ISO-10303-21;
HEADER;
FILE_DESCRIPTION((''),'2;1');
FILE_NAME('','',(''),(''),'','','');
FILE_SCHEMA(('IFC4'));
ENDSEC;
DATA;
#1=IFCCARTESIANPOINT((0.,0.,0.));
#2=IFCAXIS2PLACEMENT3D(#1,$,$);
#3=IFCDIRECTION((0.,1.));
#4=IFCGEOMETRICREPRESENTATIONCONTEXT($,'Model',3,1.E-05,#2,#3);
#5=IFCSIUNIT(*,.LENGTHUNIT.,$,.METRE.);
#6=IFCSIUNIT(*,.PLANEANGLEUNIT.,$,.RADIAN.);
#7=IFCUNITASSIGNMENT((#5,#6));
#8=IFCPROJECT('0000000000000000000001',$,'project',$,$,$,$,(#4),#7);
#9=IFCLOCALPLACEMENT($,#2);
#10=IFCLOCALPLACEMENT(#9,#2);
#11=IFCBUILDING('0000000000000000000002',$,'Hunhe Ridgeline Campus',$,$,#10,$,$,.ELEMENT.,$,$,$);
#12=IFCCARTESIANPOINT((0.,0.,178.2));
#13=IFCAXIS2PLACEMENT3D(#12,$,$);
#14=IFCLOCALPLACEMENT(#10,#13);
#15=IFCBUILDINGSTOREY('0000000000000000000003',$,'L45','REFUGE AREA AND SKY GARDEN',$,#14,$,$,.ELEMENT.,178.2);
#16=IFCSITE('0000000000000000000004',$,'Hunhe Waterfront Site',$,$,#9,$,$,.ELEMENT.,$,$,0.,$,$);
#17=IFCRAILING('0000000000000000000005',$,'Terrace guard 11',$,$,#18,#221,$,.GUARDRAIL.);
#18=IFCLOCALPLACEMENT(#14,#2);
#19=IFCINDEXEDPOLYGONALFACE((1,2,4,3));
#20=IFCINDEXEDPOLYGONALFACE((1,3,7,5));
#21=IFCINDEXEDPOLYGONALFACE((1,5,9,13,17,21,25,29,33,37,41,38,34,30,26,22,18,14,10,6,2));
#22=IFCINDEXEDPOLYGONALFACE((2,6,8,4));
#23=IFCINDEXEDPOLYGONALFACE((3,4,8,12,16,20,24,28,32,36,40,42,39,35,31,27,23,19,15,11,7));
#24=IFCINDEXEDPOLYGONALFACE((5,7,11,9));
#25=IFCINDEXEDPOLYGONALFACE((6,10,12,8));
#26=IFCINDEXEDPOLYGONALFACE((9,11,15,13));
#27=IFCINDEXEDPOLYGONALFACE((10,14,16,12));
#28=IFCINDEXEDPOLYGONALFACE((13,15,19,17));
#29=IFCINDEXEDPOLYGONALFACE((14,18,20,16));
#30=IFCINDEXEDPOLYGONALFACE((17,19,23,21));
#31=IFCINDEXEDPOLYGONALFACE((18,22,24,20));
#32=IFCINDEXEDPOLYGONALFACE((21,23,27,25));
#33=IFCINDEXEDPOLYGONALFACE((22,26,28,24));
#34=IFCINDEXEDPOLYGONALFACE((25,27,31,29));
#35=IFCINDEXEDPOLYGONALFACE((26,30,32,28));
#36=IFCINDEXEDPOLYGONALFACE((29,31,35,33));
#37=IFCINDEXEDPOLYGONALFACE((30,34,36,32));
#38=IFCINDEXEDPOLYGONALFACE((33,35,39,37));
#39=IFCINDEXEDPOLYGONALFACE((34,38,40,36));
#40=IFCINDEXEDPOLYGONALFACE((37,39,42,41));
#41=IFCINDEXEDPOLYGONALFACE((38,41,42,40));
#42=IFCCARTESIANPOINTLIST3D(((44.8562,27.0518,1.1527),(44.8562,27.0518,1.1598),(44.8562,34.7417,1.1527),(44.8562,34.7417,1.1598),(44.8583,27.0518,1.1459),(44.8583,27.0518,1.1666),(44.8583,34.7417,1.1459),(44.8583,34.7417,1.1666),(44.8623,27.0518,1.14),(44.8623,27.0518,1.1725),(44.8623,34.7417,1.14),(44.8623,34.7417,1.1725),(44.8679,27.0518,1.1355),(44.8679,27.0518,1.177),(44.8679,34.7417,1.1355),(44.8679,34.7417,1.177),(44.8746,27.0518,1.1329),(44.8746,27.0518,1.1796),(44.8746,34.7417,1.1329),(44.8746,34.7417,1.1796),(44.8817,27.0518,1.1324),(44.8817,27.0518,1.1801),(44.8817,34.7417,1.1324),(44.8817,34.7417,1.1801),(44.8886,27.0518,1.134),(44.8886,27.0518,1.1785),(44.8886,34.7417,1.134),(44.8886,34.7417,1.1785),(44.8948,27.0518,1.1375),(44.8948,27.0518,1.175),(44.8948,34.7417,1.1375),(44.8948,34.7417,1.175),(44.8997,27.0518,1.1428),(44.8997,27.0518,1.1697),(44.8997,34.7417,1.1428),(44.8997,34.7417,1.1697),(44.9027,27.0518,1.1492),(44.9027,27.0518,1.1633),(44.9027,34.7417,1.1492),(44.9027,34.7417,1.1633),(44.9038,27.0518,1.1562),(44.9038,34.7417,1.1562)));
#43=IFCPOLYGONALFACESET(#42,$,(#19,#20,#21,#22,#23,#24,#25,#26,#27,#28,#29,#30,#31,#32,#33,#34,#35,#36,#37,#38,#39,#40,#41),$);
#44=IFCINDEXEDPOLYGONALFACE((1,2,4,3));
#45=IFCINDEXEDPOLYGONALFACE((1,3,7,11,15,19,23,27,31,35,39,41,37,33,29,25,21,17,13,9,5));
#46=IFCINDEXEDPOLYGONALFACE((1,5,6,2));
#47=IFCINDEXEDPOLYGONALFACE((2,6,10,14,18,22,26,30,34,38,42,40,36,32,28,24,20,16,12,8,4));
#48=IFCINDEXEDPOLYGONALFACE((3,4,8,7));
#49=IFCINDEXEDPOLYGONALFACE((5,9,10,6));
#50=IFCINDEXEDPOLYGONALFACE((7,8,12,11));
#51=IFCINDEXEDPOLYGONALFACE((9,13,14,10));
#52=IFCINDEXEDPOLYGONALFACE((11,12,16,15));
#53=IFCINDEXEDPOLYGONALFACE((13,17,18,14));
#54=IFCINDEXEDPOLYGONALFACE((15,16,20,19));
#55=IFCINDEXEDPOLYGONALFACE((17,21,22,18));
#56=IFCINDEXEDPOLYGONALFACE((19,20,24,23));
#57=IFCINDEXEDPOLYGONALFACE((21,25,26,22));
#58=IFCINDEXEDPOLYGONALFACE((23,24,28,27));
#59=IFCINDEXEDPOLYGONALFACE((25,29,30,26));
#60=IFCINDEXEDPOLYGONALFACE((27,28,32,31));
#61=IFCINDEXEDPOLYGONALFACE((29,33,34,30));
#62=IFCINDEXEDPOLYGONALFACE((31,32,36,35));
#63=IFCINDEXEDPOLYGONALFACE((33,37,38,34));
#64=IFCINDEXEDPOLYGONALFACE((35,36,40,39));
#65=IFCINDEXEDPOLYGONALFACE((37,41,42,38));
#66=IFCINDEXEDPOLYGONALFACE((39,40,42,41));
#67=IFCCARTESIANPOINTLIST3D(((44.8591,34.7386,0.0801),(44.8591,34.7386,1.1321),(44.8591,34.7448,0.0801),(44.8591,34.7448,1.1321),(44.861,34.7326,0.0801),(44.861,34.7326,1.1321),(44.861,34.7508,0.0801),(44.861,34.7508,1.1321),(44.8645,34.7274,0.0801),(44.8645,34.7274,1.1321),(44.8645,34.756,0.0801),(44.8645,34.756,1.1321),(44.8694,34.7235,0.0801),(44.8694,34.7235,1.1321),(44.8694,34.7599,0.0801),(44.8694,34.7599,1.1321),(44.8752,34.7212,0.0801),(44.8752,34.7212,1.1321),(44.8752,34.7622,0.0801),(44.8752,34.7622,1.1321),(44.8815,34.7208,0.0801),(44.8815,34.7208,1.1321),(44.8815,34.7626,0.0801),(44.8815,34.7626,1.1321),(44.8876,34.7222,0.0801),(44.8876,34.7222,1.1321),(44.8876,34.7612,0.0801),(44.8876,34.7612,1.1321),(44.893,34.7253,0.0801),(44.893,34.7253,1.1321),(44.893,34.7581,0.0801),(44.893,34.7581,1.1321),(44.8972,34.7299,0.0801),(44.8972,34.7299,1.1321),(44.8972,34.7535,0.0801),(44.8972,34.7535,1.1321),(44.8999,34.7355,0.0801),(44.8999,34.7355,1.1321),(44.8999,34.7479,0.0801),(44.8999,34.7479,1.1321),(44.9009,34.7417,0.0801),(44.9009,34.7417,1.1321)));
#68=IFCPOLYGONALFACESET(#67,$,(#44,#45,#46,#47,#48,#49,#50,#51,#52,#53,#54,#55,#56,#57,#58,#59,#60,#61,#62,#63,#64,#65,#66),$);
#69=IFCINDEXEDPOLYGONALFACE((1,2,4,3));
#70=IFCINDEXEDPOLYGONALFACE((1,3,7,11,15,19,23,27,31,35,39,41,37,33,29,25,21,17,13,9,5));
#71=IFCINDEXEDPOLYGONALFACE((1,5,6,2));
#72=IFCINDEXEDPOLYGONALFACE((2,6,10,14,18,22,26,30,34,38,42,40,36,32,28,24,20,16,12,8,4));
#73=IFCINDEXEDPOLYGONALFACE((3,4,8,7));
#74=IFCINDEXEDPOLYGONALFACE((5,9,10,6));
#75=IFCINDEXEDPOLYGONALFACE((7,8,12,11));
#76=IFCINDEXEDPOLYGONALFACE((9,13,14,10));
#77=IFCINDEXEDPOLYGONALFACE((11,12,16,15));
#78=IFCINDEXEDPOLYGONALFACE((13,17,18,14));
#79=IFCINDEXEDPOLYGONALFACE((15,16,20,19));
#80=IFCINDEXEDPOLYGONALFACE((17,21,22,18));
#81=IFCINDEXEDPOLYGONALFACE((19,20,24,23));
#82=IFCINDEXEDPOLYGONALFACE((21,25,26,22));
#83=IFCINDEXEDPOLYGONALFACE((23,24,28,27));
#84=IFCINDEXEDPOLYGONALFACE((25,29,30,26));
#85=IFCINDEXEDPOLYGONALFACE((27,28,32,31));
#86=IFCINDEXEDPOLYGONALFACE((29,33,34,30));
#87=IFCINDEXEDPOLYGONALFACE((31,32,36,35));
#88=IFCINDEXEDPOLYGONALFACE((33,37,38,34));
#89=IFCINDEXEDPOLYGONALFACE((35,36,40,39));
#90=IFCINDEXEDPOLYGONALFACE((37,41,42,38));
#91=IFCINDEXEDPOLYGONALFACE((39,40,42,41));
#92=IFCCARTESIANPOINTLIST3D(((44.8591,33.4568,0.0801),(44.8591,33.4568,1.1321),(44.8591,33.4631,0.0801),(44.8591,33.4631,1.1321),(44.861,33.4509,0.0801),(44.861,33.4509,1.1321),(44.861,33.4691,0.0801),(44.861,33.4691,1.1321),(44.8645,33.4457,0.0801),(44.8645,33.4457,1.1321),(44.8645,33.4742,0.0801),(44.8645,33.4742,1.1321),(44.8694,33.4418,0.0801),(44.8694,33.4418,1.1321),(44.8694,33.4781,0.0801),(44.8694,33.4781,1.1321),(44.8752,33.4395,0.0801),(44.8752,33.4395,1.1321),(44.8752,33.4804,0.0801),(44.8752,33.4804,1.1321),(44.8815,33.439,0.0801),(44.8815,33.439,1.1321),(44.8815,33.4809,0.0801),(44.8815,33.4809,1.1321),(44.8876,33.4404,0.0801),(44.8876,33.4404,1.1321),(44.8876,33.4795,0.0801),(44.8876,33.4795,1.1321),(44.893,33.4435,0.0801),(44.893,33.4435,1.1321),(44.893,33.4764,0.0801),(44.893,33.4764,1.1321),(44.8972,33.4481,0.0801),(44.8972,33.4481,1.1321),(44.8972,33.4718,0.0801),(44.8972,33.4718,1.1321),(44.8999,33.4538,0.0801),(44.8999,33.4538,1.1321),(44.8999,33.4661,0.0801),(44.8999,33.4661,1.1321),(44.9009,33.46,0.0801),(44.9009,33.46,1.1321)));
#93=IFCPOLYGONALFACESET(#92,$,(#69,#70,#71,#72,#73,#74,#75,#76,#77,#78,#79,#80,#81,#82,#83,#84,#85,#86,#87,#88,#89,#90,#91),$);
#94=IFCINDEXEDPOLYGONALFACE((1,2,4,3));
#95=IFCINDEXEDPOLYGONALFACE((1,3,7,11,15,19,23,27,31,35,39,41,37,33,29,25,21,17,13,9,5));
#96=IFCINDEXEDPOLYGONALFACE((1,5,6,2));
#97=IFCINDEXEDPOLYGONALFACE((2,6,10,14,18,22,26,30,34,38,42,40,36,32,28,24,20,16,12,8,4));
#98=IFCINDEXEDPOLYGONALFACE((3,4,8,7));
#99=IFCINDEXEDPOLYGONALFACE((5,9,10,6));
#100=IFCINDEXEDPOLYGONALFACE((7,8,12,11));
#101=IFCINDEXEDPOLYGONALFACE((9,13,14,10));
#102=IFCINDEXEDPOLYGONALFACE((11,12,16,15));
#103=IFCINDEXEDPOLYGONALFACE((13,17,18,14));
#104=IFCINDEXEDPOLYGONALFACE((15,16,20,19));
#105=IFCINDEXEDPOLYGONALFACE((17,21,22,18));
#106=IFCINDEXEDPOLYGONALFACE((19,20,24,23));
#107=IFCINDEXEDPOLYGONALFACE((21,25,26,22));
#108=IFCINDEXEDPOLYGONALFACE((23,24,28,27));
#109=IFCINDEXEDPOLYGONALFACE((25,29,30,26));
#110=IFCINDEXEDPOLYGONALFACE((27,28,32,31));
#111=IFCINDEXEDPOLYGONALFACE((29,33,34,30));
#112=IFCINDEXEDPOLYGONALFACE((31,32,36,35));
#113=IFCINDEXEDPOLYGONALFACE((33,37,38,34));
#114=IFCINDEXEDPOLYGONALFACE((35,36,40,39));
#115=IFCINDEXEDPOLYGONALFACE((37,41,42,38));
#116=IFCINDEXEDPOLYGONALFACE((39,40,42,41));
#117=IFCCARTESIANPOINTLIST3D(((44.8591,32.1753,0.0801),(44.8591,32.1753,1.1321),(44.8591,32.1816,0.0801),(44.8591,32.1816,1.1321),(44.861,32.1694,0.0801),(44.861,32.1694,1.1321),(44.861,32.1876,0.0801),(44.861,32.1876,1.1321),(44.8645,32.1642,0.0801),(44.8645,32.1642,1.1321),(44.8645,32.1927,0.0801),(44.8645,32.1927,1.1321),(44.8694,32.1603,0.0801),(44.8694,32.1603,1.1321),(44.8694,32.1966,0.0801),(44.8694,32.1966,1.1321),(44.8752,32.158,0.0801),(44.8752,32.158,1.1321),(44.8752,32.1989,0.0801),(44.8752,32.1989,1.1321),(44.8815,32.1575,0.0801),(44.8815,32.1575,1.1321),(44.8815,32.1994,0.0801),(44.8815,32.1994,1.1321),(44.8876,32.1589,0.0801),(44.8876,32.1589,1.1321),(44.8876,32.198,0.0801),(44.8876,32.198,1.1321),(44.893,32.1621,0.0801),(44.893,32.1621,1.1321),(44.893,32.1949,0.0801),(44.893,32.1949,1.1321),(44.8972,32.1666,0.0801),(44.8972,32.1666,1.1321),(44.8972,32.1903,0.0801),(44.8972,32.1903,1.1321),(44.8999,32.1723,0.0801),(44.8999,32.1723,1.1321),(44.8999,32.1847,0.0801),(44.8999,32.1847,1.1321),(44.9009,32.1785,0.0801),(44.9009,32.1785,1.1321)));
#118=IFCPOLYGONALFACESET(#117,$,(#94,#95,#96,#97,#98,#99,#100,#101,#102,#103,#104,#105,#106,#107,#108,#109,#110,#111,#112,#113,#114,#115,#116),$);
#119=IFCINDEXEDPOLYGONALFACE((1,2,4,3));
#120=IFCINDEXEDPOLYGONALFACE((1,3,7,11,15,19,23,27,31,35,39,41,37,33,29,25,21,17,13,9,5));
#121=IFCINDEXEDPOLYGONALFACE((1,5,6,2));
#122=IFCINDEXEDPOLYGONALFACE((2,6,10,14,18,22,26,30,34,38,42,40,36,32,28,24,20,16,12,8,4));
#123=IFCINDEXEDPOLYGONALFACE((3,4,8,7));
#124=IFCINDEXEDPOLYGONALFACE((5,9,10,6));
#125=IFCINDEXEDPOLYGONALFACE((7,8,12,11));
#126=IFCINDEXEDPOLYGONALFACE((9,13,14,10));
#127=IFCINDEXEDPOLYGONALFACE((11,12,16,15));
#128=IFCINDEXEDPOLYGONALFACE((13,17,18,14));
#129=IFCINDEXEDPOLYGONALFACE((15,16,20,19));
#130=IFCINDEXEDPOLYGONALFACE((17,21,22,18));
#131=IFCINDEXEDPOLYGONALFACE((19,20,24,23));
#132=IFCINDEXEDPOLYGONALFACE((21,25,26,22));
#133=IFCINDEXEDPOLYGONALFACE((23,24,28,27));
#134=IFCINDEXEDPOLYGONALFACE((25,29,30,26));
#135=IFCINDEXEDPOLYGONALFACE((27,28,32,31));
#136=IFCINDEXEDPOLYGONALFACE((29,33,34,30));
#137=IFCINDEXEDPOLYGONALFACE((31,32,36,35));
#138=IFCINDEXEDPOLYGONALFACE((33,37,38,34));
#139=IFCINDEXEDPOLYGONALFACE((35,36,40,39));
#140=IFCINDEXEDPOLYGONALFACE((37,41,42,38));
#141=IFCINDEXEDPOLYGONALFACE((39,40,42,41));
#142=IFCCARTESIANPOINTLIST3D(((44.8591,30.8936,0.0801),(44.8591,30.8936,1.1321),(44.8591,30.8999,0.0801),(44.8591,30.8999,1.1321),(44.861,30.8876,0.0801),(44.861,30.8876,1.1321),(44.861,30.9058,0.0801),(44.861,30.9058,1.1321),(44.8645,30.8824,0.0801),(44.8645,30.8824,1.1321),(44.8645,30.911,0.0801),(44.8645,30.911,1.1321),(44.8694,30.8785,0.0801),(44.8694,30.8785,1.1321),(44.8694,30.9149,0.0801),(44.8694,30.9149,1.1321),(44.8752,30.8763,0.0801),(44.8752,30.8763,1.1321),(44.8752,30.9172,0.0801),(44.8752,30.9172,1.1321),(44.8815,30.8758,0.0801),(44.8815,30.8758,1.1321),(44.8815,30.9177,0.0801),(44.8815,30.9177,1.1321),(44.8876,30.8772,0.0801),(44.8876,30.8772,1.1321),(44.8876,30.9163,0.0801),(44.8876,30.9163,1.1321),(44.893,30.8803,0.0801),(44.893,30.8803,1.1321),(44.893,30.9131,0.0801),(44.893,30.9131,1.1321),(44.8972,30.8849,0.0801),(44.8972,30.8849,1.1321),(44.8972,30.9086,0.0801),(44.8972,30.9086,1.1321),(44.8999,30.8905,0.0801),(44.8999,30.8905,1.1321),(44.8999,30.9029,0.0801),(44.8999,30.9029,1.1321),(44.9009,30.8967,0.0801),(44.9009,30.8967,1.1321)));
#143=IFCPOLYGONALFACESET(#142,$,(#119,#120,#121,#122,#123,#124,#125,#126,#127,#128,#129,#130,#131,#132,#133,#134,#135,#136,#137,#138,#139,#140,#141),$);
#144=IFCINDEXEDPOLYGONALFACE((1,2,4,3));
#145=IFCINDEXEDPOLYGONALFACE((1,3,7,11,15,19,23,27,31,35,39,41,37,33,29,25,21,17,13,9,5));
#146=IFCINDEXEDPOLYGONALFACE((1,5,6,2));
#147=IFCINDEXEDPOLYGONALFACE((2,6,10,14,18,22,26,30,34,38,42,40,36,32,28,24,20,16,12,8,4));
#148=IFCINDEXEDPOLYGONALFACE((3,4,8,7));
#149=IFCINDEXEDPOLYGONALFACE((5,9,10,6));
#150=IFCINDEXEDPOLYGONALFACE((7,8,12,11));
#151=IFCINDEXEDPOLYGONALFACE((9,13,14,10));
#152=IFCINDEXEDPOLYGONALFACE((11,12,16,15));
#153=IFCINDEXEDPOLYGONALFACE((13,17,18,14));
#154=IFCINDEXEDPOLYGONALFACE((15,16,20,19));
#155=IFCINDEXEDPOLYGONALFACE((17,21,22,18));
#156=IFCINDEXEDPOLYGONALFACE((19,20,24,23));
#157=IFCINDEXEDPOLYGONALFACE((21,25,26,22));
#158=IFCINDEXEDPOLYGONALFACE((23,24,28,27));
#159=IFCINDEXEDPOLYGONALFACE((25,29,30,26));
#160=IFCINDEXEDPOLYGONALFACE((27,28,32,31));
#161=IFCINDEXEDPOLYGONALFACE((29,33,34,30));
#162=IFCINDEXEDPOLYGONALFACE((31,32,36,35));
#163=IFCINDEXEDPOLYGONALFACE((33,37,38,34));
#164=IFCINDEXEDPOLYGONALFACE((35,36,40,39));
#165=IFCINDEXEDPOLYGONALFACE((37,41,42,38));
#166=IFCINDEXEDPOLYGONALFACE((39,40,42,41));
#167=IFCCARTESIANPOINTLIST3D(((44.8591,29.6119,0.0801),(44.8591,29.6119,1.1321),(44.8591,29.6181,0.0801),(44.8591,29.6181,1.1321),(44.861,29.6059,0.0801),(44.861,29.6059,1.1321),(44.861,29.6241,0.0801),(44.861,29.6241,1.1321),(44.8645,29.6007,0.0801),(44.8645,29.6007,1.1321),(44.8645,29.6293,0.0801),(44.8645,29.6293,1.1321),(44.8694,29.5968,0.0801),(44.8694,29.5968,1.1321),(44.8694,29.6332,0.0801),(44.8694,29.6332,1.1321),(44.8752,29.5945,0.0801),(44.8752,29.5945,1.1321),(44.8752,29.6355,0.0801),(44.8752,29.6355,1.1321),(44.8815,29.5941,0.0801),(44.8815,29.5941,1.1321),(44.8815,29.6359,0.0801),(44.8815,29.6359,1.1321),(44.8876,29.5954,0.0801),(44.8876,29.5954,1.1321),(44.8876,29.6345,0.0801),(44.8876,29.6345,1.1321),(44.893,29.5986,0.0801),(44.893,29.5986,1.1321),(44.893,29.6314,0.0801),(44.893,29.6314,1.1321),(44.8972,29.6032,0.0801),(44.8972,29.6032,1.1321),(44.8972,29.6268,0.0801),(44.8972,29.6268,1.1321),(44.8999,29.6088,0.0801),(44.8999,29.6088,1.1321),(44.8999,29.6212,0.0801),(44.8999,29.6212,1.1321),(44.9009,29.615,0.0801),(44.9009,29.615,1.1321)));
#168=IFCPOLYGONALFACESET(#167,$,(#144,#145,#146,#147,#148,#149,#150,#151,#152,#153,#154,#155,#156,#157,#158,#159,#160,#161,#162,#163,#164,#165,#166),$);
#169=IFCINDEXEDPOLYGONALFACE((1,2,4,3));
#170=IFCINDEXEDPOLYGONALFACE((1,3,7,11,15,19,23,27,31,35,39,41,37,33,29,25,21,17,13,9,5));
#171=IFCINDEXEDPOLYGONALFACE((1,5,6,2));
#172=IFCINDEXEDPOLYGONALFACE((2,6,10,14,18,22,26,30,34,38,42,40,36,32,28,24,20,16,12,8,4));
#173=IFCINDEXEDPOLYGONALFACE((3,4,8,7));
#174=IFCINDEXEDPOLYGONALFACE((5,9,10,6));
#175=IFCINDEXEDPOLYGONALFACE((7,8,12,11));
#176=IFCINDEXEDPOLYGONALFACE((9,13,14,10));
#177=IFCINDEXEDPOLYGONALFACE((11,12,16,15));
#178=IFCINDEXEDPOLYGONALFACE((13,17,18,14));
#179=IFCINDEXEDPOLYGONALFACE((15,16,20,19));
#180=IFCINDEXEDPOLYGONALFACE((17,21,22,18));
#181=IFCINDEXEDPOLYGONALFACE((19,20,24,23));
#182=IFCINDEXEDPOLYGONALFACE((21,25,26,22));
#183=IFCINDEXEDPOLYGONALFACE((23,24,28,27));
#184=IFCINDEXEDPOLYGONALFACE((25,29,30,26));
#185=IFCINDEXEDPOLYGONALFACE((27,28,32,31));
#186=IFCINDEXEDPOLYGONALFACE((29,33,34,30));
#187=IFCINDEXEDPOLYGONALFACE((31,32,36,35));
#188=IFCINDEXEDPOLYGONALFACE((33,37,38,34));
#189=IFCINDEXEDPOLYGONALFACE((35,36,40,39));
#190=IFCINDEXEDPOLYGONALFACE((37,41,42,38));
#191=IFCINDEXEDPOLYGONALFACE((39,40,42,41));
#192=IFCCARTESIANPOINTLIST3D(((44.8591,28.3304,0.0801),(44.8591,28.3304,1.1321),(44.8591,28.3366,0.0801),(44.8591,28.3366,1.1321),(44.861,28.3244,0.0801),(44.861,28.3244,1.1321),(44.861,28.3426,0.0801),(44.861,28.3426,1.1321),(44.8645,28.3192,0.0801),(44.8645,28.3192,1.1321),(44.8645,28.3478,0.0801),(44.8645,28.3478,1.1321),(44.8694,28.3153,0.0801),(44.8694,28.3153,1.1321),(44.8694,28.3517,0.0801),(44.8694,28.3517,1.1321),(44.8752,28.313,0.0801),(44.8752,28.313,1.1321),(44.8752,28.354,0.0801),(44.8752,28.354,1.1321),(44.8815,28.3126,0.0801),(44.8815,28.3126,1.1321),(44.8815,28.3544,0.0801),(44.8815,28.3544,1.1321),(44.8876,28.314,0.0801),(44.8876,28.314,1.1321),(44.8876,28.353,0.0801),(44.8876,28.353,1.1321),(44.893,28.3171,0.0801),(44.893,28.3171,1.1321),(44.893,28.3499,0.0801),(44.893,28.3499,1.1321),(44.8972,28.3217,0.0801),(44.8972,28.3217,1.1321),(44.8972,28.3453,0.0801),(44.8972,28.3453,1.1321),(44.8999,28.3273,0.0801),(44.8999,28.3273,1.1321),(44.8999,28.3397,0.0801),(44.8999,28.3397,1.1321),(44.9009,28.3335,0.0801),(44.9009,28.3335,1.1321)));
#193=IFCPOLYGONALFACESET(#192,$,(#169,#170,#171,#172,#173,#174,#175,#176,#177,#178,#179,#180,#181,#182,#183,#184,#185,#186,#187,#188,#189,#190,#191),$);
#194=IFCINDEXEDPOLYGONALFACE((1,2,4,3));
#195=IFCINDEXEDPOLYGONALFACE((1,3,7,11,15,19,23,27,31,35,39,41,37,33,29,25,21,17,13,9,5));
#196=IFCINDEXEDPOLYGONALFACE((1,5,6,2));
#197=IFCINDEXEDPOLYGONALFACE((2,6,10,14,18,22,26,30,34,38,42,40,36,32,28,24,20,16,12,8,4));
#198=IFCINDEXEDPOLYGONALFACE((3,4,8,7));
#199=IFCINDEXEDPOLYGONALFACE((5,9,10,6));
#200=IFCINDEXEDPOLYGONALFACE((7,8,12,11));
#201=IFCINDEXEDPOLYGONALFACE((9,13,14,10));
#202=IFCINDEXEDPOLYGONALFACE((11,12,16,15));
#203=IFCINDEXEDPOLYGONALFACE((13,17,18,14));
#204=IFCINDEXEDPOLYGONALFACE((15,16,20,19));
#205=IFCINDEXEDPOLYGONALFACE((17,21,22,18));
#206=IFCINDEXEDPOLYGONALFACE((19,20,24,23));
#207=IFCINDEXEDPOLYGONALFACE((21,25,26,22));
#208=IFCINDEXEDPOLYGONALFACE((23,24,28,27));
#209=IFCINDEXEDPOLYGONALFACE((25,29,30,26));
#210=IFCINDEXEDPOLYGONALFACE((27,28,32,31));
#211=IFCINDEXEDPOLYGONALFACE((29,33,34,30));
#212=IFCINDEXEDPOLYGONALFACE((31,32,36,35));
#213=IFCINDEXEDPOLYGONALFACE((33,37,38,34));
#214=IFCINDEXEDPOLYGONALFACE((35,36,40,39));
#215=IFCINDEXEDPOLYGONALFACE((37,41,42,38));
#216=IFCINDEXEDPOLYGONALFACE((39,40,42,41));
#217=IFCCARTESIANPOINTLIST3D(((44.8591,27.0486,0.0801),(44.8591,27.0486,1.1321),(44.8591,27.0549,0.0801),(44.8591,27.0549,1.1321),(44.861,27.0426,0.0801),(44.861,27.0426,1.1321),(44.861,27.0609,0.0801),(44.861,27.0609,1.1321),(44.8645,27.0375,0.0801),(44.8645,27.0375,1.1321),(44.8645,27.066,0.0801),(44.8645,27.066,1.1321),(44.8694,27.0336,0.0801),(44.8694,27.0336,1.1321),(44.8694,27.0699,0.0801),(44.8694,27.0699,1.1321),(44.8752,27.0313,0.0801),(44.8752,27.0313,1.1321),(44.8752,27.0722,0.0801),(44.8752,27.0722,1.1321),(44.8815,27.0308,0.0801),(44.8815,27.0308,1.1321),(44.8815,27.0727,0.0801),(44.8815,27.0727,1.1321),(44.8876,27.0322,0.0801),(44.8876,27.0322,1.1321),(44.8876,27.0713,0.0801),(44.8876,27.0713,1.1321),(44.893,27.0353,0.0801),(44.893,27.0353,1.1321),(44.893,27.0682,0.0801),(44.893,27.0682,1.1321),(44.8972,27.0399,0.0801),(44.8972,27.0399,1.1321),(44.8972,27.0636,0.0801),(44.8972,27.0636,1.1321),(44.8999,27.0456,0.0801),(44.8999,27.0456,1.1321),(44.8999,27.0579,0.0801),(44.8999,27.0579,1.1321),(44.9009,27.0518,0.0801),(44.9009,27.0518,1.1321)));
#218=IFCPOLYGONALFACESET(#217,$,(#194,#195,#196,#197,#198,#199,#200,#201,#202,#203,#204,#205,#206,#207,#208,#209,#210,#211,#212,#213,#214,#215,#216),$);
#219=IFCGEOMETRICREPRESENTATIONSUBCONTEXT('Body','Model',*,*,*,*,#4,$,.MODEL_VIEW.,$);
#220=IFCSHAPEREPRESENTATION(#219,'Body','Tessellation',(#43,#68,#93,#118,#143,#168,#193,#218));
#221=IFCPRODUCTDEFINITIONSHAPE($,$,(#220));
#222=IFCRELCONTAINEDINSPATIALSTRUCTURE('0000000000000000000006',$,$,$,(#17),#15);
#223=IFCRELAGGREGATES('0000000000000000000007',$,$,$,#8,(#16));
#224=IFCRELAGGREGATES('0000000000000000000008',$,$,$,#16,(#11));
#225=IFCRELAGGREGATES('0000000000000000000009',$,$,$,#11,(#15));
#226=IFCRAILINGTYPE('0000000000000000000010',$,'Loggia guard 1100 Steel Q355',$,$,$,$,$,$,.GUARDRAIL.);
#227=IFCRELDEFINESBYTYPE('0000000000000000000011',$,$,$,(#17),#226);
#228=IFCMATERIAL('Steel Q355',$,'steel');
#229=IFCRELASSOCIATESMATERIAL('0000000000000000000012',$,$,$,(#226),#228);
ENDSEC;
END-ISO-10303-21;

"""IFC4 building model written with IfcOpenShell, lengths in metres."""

from ifc_helpers import new_model, si_unit, direction, frame, origin, origin_2d, place, context, subcontext, project, spatial, circle, extrude, material, type_object, element, save


model = new_model("IFC4")

# Units and contexts
model_context = context("Model", 3, precision=1e-05, world=origin(), true_north=direction((0.0, 1.0)))
body_context = subcontext(model_context, "Body", "Model", "MODEL_VIEW")
ifc_project = project(units=[si_unit("LENGTHUNIT", "METRE"), si_unit("PLANEANGLEUNIT", "RADIAN")], contexts=[model_context])

# Site, building, storey
site_placement = place(None, origin())
site = spatial("IfcSite", under=ifc_project, at=site_placement, Name="Hunhe Waterfront Site", CompositionType="ELEMENT", RefElevation=0.0)
building_placement = place(site_placement, origin())
building = spatial("IfcBuilding", under=site, at=building_placement, Name="Hunhe Ridgeline Campus", CompositionType="ELEMENT")
storey_placement = place(building_placement, frame((0.0, 0.0, 178.2)))
storey = spatial("IfcBuildingStorey", under=building, at=storey_placement, Name="L45", Description="REFUGE AREA AND SKY GARDEN", CompositionType="ELEMENT", Elevation=178.2)

# Railing
ifc_material_1 = material(Name="Steel Q355", Category="steel")
railing_type = type_object("IfcRailingType", Name="Loggia guard 1100 Steel Q355", PredefinedType="GUARDRAIL", material=ifc_material_1)
railing_1_placement = place(storey_placement, frame((44.8799, 34.7417, 0.0801)))
element("IfcRailing", 1, at=railing_1_placement, inside=storey, type_object=railing_type, Name="Terrace guard 11", PredefinedType="GUARDRAIL", context=body_context, shape_type="SweptSolid", body=[
    extrude(circle(Radius=0.0239, at=origin_2d()), frame((0.0, 0.0, 1.0762), z_axis=(0.0, -1.0, 0.0), x_axis=(1.0, 0.0, 0.0)), (0.0, 0.0, 1.0), 7.6899),
    extrude(circle(Radius=0.021, at=origin_2d()), origin(), (0.0, 0.0, 1.0), 1.052),
    extrude(circle(Radius=0.021, at=origin_2d()), frame((0.0, -1.2817, 0.0)), (0.0, 0.0, 1.0), 1.052),
    extrude(circle(Radius=0.021, at=origin_2d()), frame((0.0, -2.5632, 0.0)), (0.0, 0.0, 1.0), 1.052),
    extrude(circle(Radius=0.021, at=origin_2d()), frame((0.0, -3.845, 0.0)), (0.0, 0.0, 1.0), 1.052),
    extrude(circle(Radius=0.021, at=origin_2d()), frame((0.0, -5.1267, 0.0)), (0.0, 0.0, 1.0), 1.052),
    extrude(circle(Radius=0.021, at=origin_2d()), frame((0.0, -6.4082, 0.0)), (0.0, 0.0, 1.0), 1.052),
    extrude(circle(Radius=0.021, at=origin_2d()), frame((0.0, -7.6899, 0.0)), (0.0, 0.0, 1.0), 1.052),
])

save(model, "model.ifc")
